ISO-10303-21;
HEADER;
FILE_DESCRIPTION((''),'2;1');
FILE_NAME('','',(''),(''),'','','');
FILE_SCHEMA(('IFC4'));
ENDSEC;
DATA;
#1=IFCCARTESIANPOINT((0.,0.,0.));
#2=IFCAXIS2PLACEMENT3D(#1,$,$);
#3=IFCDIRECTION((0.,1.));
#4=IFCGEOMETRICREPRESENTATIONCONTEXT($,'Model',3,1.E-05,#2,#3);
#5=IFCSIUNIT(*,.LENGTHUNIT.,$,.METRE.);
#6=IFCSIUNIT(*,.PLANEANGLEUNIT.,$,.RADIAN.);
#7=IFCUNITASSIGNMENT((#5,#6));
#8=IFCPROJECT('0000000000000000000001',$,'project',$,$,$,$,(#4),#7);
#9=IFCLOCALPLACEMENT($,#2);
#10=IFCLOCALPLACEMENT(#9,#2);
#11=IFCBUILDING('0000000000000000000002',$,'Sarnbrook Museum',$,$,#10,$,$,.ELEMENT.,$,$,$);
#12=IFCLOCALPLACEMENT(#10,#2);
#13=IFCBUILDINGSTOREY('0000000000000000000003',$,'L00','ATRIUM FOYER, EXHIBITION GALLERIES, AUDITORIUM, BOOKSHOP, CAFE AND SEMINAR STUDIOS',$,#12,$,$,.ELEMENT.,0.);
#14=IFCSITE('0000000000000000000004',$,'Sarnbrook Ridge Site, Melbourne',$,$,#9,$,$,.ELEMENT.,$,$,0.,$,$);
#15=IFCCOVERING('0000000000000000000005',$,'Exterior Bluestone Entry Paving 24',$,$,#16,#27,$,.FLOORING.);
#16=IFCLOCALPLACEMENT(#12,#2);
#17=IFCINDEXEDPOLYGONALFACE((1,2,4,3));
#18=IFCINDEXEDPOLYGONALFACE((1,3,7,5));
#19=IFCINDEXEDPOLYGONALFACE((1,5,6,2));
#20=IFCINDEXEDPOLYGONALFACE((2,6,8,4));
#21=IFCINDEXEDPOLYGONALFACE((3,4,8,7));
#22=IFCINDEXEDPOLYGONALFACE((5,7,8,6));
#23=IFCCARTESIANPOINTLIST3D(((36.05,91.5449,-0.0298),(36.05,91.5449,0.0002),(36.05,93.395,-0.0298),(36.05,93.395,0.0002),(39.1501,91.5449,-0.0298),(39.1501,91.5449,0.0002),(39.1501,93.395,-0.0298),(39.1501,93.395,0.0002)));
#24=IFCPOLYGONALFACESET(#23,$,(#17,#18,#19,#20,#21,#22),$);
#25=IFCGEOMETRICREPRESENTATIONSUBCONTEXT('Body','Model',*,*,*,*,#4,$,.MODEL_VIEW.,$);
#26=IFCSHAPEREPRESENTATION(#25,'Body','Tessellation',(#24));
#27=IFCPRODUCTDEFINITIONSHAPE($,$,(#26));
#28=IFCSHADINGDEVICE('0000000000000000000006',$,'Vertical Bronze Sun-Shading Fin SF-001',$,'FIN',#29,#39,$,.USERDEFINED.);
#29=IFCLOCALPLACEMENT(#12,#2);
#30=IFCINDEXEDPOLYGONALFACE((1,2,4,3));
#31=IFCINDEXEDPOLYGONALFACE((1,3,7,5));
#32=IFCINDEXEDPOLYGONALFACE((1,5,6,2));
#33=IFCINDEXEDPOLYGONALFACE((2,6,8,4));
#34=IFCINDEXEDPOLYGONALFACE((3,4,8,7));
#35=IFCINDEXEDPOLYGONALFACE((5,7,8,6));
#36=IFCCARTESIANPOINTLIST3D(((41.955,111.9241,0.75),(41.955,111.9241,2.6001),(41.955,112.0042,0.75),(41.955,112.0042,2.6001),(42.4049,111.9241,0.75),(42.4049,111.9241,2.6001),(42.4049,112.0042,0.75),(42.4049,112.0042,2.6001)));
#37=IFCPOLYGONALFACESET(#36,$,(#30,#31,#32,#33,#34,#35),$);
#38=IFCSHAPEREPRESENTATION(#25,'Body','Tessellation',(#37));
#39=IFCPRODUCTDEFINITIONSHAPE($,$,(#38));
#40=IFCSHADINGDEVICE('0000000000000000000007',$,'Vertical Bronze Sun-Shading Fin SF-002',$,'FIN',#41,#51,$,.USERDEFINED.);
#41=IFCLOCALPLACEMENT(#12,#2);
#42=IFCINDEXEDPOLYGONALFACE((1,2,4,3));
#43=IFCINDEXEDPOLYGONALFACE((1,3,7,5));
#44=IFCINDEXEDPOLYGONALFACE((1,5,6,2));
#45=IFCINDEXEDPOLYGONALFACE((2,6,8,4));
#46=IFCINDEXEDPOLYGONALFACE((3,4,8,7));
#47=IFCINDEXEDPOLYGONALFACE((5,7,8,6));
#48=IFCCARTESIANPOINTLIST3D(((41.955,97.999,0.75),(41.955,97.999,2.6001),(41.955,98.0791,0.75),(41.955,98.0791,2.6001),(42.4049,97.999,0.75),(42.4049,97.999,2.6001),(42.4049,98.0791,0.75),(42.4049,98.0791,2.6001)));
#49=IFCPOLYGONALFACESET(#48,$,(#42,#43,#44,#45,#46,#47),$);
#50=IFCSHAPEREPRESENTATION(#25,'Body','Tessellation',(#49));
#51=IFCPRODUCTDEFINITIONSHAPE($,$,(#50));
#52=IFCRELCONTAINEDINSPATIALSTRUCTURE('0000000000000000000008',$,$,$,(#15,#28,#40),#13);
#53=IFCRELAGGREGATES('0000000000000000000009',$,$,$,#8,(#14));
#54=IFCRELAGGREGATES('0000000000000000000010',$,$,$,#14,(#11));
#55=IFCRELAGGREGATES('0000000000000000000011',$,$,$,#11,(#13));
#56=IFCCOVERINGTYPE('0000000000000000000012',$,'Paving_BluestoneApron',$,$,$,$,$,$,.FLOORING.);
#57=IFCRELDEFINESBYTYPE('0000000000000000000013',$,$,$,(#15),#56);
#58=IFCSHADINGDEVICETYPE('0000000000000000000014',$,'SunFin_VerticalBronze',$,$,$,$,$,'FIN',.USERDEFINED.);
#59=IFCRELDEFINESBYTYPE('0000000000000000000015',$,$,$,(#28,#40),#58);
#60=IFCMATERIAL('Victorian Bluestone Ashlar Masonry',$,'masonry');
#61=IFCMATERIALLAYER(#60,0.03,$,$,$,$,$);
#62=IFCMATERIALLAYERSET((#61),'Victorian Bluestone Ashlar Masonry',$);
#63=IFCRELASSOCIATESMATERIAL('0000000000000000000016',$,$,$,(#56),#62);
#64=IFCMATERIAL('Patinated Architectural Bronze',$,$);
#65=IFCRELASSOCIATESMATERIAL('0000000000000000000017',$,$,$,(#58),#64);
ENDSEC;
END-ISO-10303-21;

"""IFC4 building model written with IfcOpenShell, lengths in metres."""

from ifc_helpers import new_model, si_unit, direction, frame, origin, origin_2d, place, context, subcontext, project, spatial, rectangle, extrude, material, layer, layer_set, type_object, element, save


model = new_model("IFC4")

# Units and contexts
model_context = context("Model", 3, precision=1e-05, world=origin(), true_north=direction((0.0, 1.0)))
body_context = subcontext(model_context, "Body", "Model", "MODEL_VIEW")
ifc_project = project(units=[si_unit("LENGTHUNIT", "METRE"), si_unit("PLANEANGLEUNIT", "RADIAN")], contexts=[model_context])

# Site, building, storey
site_placement = place(None, origin())
site = spatial("IfcSite", under=ifc_project, at=site_placement, Name="Sarnbrook Ridge Site, Melbourne", CompositionType="ELEMENT", RefElevation=0.0)
building_placement = place(site_placement, origin())
building = spatial("IfcBuilding", under=site, at=building_placement, Name="Sarnbrook Museum", CompositionType="ELEMENT")
storey_placement = place(building_placement, origin())
storey = spatial("IfcBuildingStorey", under=building, at=storey_placement, Name="L00", Description="ATRIUM FOYER, EXHIBITION GALLERIES, AUDITORIUM, BOOKSHOP, CAFE AND SEMINAR STUDIOS", CompositionType="ELEMENT", Elevation=0.0)

# Shared definitions
ifc_material_1 = material(Name="Patinated Architectural Bronze")

# Covering
ifc_material_2 = material(Name="Victorian Bluestone Ashlar Masonry", Category="masonry")
ifc_layer_1 = layer(ifc_material_2, 0.03)
ifc_layer_set_1 = layer_set([ifc_layer_1], Name="Victorian Bluestone Ashlar Masonry")
covering_type = type_object("IfcCoveringType", Name="Paving_BluestoneApron", PredefinedType="FLOORING", material=ifc_layer_set_1)
covering_placement = place(storey_placement, frame((37.6001, 92.47, -0.0298), z_axis=(0.0, 0.0, 1.0), x_axis=(1.0, 0.0, 0.0)))
element("IfcCovering", 1, at=covering_placement, inside=storey, type_object=covering_type, Name="Exterior Bluestone Entry Paving 24", PredefinedType="FLOORING", context=body_context, shape_type="SweptSolid", body=[
    extrude(rectangle(XDim=3.1001, YDim=1.8501, at=origin_2d()), origin(), (0.0, 0.0, 1.0), 0.03),
])

# Shading devices
shading_device_type_1 = type_object("IfcShadingDeviceType", Name="SunFin_VerticalBronze", ElementType="FIN", PredefinedType="USERDEFINED", material=ifc_material_1)
for number, where, z_axis, x_axis, name in (
    (2, (42.1799, 111.9641, 0.75), (0.0, 0.0, 1.0), (1.0, 0.0, 0.0), "Vertical Bronze Sun-Shading Fin SF-001"),
    (3, (42.1799, 98.0391, 0.75), (0.0, 0.0, 1.0), (1.0, 0.0, 0.0), "Vertical Bronze Sun-Shading Fin SF-002"),
):
    element("IfcShadingDevice", number, at=place(storey_placement, frame(where, z_axis=z_axis, x_axis=x_axis)), inside=storey, type_object=shading_device_type_1, Name=name, ObjectType="FIN", PredefinedType="USERDEFINED", context=body_context, shape_type="SweptSolid", body=[
        extrude(rectangle(XDim=0.45, YDim=0.0801, at=origin_2d()), origin(), (0.0, 0.0, 1.0), 1.8501),
    ])

save(model, "model.ifc")
